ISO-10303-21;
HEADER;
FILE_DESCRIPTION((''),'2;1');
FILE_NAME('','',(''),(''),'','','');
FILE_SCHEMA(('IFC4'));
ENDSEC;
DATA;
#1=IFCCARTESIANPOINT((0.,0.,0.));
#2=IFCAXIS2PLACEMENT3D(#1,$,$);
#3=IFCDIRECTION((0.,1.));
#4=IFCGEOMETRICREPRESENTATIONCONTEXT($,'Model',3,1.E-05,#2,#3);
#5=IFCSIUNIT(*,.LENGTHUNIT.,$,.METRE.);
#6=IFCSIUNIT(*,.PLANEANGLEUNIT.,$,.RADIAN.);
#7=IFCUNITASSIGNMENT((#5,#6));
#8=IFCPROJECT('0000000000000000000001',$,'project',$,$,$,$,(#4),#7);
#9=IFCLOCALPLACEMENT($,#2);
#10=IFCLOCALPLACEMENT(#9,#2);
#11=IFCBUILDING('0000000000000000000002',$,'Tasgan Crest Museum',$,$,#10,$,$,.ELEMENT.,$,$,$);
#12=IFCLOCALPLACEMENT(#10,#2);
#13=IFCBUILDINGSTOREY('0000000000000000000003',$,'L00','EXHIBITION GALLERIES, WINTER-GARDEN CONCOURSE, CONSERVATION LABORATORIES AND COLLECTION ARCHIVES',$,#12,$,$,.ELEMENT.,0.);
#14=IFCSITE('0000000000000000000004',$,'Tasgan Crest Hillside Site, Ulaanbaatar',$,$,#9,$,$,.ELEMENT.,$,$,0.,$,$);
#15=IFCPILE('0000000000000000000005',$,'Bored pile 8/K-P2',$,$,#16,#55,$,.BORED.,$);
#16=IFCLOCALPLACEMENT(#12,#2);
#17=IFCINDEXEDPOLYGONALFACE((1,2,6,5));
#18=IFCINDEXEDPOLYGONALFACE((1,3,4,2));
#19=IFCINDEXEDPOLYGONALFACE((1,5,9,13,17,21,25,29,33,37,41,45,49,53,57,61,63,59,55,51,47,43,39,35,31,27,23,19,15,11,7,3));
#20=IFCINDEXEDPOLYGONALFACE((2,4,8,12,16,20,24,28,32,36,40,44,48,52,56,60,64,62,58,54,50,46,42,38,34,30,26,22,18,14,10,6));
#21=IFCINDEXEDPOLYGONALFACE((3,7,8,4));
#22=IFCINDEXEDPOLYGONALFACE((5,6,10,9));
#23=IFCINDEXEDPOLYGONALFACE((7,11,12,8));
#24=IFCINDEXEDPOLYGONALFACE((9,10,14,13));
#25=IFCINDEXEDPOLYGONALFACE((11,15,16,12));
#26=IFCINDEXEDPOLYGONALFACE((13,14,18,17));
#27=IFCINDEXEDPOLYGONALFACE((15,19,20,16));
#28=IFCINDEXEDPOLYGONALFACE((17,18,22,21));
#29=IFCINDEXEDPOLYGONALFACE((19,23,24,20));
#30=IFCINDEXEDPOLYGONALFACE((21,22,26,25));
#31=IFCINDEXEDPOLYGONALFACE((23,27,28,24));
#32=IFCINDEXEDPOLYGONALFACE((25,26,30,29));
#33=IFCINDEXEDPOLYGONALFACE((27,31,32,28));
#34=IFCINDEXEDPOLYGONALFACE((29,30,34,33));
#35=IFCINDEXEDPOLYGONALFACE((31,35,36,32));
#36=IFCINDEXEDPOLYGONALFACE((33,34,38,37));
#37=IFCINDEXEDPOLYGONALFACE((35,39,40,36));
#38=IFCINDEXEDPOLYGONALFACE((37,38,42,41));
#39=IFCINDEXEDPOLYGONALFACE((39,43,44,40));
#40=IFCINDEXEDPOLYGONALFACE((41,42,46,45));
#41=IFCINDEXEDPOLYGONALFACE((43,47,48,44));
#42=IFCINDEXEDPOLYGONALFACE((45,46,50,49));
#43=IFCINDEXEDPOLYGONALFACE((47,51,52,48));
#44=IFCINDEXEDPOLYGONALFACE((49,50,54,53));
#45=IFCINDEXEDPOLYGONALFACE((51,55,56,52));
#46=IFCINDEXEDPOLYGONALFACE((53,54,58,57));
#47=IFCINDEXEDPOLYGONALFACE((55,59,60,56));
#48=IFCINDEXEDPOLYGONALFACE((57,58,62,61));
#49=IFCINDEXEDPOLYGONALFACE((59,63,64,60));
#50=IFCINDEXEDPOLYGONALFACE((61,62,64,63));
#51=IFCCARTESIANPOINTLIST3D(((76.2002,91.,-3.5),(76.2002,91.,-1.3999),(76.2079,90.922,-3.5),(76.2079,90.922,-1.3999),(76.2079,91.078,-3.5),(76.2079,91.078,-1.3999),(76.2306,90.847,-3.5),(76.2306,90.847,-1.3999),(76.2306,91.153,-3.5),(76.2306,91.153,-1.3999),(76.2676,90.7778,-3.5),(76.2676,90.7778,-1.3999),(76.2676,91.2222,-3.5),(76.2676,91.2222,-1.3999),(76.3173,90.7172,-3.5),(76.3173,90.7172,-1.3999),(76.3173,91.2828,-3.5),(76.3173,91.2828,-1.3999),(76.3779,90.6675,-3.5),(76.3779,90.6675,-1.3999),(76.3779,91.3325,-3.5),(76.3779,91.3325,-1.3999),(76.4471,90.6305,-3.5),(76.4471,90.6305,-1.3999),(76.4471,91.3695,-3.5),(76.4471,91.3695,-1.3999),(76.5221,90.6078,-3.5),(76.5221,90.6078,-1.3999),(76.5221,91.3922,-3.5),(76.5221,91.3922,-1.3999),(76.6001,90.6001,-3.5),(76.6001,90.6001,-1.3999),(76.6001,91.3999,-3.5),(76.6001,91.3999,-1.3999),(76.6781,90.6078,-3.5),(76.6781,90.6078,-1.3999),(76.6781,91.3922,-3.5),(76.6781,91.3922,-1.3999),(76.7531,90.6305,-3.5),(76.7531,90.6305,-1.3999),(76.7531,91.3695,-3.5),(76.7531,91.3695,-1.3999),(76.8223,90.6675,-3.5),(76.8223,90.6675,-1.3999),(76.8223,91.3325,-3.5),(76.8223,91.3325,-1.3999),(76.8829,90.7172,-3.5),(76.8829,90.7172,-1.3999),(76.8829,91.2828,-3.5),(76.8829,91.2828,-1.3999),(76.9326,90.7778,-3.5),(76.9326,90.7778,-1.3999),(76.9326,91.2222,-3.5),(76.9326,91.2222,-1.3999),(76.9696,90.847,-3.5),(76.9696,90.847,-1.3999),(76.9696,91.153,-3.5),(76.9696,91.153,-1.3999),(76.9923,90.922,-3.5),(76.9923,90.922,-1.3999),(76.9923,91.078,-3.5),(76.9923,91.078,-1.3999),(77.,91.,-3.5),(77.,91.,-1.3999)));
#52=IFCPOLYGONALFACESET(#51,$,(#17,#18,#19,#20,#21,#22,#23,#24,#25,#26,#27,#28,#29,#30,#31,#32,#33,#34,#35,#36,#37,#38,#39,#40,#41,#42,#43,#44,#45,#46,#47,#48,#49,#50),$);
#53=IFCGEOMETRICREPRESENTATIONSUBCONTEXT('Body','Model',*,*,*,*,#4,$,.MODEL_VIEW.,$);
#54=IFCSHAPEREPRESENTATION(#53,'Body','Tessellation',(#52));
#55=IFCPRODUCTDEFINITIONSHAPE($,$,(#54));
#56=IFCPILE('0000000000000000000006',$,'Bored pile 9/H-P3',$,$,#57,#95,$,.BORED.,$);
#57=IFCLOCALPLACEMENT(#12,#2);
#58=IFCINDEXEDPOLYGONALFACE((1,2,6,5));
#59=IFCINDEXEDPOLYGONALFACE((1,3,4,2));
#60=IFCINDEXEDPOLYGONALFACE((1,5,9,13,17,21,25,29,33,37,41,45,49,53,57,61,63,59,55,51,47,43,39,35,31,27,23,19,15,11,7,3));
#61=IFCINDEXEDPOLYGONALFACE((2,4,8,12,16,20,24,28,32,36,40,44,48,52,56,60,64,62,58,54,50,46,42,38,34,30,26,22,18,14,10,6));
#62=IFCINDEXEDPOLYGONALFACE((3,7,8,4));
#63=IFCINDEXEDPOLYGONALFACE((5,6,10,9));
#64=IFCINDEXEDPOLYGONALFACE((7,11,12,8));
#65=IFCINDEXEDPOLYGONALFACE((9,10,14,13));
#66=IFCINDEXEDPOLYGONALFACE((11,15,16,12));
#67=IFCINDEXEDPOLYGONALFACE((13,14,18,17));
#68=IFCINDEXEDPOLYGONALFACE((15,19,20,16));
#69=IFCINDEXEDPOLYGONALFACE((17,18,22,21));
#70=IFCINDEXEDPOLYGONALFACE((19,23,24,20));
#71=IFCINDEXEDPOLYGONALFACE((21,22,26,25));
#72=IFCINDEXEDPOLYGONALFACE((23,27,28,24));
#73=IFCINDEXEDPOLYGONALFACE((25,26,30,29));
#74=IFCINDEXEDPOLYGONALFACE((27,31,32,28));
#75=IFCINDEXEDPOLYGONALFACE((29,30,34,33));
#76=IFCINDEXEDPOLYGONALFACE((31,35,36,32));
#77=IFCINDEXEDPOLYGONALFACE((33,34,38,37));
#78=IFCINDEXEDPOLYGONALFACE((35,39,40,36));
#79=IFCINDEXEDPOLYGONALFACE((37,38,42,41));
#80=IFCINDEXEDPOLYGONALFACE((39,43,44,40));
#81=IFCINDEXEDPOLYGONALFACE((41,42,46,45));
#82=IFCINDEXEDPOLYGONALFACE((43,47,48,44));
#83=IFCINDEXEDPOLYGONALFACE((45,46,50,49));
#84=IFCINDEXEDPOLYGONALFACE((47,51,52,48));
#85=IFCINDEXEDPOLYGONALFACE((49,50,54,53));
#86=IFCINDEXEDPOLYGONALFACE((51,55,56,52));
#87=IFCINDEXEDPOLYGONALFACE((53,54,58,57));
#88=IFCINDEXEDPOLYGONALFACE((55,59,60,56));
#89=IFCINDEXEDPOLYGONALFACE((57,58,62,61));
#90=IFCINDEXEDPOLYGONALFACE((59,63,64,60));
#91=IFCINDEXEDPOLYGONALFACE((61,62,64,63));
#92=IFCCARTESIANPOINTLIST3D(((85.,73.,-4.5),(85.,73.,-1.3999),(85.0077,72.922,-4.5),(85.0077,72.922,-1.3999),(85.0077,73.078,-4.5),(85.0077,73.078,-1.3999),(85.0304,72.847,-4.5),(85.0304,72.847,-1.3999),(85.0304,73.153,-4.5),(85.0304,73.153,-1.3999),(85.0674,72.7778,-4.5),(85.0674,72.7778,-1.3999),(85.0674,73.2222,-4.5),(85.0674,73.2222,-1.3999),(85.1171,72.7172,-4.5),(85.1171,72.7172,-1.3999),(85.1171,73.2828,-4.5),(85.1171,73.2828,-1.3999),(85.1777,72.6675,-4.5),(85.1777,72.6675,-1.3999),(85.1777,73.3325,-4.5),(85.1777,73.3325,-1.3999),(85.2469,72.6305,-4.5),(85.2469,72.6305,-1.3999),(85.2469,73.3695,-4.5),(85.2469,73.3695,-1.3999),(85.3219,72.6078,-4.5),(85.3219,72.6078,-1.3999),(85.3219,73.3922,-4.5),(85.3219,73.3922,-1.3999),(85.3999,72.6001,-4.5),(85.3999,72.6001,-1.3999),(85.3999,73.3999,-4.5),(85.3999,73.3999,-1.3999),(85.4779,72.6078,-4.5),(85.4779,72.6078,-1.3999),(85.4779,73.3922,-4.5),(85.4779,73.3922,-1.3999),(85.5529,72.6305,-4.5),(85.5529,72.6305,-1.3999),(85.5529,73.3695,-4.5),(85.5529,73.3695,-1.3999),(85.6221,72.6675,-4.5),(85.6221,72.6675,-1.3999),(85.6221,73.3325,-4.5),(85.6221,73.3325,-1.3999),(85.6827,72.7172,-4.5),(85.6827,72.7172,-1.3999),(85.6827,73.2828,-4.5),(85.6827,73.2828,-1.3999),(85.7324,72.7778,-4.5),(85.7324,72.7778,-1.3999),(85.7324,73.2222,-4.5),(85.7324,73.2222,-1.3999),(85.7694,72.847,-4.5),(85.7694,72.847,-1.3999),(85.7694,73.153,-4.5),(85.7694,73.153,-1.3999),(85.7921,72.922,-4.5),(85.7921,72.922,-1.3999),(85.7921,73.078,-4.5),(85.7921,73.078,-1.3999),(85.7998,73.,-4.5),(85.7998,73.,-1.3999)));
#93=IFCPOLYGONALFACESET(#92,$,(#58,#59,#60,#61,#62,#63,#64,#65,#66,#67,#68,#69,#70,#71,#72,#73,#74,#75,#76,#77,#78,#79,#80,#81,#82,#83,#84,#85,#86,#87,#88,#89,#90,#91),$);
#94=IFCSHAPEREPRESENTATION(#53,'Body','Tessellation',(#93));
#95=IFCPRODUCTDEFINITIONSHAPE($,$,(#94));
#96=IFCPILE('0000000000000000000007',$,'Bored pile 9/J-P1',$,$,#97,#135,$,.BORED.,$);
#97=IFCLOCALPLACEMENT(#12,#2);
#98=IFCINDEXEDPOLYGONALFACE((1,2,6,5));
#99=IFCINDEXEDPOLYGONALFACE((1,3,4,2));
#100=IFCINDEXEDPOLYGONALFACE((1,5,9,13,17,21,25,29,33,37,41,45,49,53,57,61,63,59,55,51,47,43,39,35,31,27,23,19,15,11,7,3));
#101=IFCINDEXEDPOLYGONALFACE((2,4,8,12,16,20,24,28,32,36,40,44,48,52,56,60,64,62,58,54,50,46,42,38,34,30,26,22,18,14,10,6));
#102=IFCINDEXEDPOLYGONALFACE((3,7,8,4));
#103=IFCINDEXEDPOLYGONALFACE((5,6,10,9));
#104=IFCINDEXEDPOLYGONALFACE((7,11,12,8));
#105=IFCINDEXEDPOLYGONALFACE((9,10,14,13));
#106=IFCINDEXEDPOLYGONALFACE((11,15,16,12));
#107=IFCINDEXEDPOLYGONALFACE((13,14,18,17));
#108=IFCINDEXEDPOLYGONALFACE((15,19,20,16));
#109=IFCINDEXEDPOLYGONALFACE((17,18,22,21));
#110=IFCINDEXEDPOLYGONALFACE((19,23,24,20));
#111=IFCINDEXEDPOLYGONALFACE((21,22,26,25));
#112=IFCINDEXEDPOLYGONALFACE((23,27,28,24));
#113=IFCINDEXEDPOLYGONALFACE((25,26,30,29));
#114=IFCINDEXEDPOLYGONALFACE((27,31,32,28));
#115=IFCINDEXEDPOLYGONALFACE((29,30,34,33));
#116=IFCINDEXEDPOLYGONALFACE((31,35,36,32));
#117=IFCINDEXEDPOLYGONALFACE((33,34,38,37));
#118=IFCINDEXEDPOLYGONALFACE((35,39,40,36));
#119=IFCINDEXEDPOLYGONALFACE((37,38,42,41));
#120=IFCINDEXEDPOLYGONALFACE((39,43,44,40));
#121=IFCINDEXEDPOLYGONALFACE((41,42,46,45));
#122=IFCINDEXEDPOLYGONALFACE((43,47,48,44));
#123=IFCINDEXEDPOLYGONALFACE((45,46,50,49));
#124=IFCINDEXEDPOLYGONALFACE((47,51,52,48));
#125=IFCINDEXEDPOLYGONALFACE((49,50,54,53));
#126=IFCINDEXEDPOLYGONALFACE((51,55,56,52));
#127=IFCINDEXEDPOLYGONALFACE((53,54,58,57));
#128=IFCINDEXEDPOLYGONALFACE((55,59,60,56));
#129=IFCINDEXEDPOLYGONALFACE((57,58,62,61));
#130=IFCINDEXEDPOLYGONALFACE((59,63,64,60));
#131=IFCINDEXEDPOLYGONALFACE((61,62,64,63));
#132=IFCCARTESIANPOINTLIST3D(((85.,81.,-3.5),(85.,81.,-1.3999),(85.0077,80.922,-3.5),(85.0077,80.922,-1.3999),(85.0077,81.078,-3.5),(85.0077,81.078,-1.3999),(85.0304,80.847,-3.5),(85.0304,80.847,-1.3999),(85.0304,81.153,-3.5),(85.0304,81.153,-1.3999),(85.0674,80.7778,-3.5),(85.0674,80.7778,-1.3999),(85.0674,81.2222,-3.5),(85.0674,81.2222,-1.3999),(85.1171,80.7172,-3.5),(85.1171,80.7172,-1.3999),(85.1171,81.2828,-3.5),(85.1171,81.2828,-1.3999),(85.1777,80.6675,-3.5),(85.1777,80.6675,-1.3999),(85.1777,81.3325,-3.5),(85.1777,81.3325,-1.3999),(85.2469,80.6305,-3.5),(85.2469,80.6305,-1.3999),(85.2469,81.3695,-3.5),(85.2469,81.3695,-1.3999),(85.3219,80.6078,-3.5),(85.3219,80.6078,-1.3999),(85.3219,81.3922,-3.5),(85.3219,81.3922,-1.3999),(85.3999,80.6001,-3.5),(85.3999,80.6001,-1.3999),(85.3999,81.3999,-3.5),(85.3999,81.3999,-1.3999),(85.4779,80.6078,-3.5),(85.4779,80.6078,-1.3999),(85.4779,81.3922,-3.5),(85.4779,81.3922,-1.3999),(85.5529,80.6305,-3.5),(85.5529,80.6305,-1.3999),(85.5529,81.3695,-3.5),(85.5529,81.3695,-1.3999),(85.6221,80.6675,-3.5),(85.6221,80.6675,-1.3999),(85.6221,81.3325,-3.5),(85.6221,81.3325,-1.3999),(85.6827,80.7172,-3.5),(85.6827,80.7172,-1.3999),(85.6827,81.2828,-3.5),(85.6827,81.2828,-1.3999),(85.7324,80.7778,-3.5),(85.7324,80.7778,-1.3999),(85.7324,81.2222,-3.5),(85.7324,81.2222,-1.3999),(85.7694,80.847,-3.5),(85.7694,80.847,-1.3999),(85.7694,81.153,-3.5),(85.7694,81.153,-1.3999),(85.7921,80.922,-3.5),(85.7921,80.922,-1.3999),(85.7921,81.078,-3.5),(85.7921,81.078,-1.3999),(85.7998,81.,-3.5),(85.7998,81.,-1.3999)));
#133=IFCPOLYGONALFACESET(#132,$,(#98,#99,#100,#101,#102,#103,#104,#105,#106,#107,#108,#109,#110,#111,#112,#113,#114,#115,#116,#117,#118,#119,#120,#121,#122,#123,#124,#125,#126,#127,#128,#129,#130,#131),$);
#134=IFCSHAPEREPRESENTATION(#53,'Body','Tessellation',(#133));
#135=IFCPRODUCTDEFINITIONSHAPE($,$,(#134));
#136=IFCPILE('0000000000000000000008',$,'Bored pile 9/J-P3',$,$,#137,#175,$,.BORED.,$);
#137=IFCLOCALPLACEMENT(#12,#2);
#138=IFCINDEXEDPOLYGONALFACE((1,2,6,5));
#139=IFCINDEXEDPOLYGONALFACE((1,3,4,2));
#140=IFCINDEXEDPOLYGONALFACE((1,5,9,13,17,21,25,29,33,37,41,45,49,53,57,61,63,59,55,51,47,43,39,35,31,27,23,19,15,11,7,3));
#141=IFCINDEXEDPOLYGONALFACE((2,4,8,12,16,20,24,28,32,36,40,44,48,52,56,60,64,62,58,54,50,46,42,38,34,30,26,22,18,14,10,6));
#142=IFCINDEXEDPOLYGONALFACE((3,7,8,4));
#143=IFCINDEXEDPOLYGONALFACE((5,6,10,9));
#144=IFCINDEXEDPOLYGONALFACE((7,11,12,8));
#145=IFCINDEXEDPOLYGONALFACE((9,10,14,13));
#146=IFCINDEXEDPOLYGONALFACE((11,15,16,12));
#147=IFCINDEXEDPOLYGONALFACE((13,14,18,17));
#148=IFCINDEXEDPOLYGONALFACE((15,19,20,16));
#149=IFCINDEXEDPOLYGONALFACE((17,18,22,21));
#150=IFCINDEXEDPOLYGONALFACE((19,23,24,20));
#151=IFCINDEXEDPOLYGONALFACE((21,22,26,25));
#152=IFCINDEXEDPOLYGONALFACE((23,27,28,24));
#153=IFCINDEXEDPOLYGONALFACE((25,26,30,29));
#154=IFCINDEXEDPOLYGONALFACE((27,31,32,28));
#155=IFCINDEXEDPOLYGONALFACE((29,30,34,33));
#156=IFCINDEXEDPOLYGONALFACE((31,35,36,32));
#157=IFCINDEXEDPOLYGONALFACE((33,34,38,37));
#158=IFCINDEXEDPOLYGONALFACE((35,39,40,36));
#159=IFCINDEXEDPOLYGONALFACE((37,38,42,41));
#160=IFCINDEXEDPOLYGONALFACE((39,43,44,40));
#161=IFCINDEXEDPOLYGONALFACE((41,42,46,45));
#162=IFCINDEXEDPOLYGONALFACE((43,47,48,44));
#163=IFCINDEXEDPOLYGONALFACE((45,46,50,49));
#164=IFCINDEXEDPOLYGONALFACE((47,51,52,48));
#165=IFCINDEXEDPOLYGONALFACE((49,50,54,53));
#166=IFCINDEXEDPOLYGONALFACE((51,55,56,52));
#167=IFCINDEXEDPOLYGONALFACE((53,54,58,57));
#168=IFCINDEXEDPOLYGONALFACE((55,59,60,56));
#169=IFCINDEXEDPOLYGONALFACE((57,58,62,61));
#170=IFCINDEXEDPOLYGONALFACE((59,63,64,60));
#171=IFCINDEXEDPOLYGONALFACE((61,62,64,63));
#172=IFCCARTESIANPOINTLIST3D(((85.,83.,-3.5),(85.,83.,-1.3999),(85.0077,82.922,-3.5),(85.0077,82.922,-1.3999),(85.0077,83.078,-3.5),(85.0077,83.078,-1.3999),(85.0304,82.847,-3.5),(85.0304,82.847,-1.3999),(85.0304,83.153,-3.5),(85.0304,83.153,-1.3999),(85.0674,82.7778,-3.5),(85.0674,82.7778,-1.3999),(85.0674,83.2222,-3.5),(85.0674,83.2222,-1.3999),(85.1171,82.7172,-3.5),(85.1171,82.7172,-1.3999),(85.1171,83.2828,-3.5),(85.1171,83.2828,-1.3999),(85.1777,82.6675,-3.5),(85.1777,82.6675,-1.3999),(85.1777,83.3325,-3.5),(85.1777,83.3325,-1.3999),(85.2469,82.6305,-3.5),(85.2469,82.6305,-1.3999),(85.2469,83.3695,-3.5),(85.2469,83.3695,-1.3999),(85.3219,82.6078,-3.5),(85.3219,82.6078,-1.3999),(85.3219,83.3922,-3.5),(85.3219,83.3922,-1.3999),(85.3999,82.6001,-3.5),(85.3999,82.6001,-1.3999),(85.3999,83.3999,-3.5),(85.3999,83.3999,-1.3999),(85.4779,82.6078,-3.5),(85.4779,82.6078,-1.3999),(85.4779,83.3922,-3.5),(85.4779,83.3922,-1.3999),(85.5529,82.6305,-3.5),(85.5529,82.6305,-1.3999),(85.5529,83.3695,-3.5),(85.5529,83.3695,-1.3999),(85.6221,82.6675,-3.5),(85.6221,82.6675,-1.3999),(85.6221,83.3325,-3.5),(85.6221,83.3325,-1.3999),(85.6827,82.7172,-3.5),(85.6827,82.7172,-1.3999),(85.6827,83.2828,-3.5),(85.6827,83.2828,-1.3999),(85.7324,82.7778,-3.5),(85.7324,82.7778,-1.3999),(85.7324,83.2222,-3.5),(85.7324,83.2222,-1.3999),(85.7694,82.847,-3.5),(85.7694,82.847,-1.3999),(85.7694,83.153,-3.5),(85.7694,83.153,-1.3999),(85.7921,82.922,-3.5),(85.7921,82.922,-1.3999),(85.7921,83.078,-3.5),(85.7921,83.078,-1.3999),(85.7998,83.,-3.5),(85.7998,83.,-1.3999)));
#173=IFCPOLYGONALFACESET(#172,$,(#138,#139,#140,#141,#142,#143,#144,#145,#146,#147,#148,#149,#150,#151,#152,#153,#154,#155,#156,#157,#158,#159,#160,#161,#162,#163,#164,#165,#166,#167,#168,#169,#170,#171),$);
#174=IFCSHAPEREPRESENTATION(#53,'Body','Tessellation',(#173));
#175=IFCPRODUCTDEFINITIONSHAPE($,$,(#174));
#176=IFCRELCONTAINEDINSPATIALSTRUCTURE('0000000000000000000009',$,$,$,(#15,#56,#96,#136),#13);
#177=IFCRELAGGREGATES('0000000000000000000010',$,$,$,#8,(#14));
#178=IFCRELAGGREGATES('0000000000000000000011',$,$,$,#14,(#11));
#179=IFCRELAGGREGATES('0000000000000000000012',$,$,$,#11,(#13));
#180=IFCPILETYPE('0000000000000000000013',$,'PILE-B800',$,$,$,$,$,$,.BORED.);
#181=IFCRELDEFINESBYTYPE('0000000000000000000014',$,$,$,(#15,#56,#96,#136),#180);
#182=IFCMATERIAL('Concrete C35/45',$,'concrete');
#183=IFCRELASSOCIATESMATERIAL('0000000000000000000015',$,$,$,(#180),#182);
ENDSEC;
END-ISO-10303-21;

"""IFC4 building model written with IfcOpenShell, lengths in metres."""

from ifc_helpers import new_model, si_unit, direction, frame, origin, origin_2d, place, context, subcontext, project, spatial, circle, extrude, material, material_profile, profile_set, type_object, element, save


model = new_model("IFC4")

# Units and contexts
model_context = context("Model", 3, precision=1e-05, world=origin(), true_north=direction((0.0, 1.0)))
body_context = subcontext(model_context, "Body", "Model", "MODEL_VIEW")
ifc_project = project(units=[si_unit("LENGTHUNIT", "METRE"), si_unit("PLANEANGLEUNIT", "RADIAN")], contexts=[model_context])

# Site, building, storey
site_placement = place(None, origin())
site = spatial("IfcSite", under=ifc_project, at=site_placement, Name="Tasgan Crest Hillside Site, Ulaanbaatar", CompositionType="ELEMENT", RefElevation=0.0)
building_placement = place(site_placement, origin())
building = spatial("IfcBuilding", under=site, at=building_placement, Name="Tasgan Crest Museum", CompositionType="ELEMENT")
storey_placement = place(building_placement, origin())
storey = spatial("IfcBuildingStorey", under=building, at=storey_placement, Name="L00", Description="EXHIBITION GALLERIES, WINTER-GARDEN CONCOURSE, CONSERVATION LABORATORIES AND COLLECTION ARCHIVES", CompositionType="ELEMENT", Elevation=0.0)

# Piles
ifc_material_1 = material(Name="Concrete C35/45", Category="concrete")
ifc_material_profile_1 = material_profile(ifc_material_1, circle(Radius=0.3999, at=origin_2d()), Name="PILE D800")
ifc_profile_set_1 = profile_set([ifc_material_profile_1], Name="Concrete C35/45")
pile_type = type_object("IfcPileType", Name="PILE-B800", PredefinedType="BORED", material=ifc_profile_set_1)
for number, where, z_axis, x_axis, name in (
    (1, (76.6001, 91.0, -1.3999), (0.0, 0.0, -1.0), (1.0, 0.0, 0.0), "Bored pile 8/K-P2"),
):
    element("IfcPile", number, at=place(storey_placement, frame(where, z_axis=z_axis, x_axis=x_axis)), inside=storey, type_object=pile_type, Name=name, PredefinedType="BORED", context=body_context, shape_type="SweptSolid", body=[
        extrude(circle(Radius=0.3999, at=origin_2d()), origin(), (0.0, 0.0, 1.0), 2.1001),
    ])
pile_1_placement = place(storey_placement, frame((85.3999, 73.0, -1.3999), z_axis=(0.0, 0.0, -1.0), x_axis=(1.0, 0.0, 0.0)))
element("IfcPile", 2, at=pile_1_placement, inside=storey, type_object=pile_type, Name="Bored pile 9/H-P3", PredefinedType="BORED", context=body_context, shape_type="SweptSolid", body=[
    extrude(circle(Radius=0.3999, at=origin_2d()), origin(), (0.0, 0.0, 1.0), 3.1001),
])
for number, where, z_axis, x_axis, name in (
    (3, (85.3999, 81.0, -1.3999), (0.0, 0.0, -1.0), (1.0, 0.0, 0.0), "Bored pile 9/J-P1"),
    (4, (85.3999, 83.0, -1.3999), (0.0, 0.0, -1.0), (1.0, 0.0, 0.0), "Bored pile 9/J-P3"),
):
    element("IfcPile", number, at=place(storey_placement, frame(where, z_axis=z_axis, x_axis=x_axis)), inside=storey, type_object=pile_type, Name=name, PredefinedType="BORED", context=body_context, shape_type="SweptSolid", body=[
        extrude(circle(Radius=0.3999, at=origin_2d()), origin(), (0.0, 0.0, 1.0), 2.1001),
    ])

save(model, "model.ifc")
